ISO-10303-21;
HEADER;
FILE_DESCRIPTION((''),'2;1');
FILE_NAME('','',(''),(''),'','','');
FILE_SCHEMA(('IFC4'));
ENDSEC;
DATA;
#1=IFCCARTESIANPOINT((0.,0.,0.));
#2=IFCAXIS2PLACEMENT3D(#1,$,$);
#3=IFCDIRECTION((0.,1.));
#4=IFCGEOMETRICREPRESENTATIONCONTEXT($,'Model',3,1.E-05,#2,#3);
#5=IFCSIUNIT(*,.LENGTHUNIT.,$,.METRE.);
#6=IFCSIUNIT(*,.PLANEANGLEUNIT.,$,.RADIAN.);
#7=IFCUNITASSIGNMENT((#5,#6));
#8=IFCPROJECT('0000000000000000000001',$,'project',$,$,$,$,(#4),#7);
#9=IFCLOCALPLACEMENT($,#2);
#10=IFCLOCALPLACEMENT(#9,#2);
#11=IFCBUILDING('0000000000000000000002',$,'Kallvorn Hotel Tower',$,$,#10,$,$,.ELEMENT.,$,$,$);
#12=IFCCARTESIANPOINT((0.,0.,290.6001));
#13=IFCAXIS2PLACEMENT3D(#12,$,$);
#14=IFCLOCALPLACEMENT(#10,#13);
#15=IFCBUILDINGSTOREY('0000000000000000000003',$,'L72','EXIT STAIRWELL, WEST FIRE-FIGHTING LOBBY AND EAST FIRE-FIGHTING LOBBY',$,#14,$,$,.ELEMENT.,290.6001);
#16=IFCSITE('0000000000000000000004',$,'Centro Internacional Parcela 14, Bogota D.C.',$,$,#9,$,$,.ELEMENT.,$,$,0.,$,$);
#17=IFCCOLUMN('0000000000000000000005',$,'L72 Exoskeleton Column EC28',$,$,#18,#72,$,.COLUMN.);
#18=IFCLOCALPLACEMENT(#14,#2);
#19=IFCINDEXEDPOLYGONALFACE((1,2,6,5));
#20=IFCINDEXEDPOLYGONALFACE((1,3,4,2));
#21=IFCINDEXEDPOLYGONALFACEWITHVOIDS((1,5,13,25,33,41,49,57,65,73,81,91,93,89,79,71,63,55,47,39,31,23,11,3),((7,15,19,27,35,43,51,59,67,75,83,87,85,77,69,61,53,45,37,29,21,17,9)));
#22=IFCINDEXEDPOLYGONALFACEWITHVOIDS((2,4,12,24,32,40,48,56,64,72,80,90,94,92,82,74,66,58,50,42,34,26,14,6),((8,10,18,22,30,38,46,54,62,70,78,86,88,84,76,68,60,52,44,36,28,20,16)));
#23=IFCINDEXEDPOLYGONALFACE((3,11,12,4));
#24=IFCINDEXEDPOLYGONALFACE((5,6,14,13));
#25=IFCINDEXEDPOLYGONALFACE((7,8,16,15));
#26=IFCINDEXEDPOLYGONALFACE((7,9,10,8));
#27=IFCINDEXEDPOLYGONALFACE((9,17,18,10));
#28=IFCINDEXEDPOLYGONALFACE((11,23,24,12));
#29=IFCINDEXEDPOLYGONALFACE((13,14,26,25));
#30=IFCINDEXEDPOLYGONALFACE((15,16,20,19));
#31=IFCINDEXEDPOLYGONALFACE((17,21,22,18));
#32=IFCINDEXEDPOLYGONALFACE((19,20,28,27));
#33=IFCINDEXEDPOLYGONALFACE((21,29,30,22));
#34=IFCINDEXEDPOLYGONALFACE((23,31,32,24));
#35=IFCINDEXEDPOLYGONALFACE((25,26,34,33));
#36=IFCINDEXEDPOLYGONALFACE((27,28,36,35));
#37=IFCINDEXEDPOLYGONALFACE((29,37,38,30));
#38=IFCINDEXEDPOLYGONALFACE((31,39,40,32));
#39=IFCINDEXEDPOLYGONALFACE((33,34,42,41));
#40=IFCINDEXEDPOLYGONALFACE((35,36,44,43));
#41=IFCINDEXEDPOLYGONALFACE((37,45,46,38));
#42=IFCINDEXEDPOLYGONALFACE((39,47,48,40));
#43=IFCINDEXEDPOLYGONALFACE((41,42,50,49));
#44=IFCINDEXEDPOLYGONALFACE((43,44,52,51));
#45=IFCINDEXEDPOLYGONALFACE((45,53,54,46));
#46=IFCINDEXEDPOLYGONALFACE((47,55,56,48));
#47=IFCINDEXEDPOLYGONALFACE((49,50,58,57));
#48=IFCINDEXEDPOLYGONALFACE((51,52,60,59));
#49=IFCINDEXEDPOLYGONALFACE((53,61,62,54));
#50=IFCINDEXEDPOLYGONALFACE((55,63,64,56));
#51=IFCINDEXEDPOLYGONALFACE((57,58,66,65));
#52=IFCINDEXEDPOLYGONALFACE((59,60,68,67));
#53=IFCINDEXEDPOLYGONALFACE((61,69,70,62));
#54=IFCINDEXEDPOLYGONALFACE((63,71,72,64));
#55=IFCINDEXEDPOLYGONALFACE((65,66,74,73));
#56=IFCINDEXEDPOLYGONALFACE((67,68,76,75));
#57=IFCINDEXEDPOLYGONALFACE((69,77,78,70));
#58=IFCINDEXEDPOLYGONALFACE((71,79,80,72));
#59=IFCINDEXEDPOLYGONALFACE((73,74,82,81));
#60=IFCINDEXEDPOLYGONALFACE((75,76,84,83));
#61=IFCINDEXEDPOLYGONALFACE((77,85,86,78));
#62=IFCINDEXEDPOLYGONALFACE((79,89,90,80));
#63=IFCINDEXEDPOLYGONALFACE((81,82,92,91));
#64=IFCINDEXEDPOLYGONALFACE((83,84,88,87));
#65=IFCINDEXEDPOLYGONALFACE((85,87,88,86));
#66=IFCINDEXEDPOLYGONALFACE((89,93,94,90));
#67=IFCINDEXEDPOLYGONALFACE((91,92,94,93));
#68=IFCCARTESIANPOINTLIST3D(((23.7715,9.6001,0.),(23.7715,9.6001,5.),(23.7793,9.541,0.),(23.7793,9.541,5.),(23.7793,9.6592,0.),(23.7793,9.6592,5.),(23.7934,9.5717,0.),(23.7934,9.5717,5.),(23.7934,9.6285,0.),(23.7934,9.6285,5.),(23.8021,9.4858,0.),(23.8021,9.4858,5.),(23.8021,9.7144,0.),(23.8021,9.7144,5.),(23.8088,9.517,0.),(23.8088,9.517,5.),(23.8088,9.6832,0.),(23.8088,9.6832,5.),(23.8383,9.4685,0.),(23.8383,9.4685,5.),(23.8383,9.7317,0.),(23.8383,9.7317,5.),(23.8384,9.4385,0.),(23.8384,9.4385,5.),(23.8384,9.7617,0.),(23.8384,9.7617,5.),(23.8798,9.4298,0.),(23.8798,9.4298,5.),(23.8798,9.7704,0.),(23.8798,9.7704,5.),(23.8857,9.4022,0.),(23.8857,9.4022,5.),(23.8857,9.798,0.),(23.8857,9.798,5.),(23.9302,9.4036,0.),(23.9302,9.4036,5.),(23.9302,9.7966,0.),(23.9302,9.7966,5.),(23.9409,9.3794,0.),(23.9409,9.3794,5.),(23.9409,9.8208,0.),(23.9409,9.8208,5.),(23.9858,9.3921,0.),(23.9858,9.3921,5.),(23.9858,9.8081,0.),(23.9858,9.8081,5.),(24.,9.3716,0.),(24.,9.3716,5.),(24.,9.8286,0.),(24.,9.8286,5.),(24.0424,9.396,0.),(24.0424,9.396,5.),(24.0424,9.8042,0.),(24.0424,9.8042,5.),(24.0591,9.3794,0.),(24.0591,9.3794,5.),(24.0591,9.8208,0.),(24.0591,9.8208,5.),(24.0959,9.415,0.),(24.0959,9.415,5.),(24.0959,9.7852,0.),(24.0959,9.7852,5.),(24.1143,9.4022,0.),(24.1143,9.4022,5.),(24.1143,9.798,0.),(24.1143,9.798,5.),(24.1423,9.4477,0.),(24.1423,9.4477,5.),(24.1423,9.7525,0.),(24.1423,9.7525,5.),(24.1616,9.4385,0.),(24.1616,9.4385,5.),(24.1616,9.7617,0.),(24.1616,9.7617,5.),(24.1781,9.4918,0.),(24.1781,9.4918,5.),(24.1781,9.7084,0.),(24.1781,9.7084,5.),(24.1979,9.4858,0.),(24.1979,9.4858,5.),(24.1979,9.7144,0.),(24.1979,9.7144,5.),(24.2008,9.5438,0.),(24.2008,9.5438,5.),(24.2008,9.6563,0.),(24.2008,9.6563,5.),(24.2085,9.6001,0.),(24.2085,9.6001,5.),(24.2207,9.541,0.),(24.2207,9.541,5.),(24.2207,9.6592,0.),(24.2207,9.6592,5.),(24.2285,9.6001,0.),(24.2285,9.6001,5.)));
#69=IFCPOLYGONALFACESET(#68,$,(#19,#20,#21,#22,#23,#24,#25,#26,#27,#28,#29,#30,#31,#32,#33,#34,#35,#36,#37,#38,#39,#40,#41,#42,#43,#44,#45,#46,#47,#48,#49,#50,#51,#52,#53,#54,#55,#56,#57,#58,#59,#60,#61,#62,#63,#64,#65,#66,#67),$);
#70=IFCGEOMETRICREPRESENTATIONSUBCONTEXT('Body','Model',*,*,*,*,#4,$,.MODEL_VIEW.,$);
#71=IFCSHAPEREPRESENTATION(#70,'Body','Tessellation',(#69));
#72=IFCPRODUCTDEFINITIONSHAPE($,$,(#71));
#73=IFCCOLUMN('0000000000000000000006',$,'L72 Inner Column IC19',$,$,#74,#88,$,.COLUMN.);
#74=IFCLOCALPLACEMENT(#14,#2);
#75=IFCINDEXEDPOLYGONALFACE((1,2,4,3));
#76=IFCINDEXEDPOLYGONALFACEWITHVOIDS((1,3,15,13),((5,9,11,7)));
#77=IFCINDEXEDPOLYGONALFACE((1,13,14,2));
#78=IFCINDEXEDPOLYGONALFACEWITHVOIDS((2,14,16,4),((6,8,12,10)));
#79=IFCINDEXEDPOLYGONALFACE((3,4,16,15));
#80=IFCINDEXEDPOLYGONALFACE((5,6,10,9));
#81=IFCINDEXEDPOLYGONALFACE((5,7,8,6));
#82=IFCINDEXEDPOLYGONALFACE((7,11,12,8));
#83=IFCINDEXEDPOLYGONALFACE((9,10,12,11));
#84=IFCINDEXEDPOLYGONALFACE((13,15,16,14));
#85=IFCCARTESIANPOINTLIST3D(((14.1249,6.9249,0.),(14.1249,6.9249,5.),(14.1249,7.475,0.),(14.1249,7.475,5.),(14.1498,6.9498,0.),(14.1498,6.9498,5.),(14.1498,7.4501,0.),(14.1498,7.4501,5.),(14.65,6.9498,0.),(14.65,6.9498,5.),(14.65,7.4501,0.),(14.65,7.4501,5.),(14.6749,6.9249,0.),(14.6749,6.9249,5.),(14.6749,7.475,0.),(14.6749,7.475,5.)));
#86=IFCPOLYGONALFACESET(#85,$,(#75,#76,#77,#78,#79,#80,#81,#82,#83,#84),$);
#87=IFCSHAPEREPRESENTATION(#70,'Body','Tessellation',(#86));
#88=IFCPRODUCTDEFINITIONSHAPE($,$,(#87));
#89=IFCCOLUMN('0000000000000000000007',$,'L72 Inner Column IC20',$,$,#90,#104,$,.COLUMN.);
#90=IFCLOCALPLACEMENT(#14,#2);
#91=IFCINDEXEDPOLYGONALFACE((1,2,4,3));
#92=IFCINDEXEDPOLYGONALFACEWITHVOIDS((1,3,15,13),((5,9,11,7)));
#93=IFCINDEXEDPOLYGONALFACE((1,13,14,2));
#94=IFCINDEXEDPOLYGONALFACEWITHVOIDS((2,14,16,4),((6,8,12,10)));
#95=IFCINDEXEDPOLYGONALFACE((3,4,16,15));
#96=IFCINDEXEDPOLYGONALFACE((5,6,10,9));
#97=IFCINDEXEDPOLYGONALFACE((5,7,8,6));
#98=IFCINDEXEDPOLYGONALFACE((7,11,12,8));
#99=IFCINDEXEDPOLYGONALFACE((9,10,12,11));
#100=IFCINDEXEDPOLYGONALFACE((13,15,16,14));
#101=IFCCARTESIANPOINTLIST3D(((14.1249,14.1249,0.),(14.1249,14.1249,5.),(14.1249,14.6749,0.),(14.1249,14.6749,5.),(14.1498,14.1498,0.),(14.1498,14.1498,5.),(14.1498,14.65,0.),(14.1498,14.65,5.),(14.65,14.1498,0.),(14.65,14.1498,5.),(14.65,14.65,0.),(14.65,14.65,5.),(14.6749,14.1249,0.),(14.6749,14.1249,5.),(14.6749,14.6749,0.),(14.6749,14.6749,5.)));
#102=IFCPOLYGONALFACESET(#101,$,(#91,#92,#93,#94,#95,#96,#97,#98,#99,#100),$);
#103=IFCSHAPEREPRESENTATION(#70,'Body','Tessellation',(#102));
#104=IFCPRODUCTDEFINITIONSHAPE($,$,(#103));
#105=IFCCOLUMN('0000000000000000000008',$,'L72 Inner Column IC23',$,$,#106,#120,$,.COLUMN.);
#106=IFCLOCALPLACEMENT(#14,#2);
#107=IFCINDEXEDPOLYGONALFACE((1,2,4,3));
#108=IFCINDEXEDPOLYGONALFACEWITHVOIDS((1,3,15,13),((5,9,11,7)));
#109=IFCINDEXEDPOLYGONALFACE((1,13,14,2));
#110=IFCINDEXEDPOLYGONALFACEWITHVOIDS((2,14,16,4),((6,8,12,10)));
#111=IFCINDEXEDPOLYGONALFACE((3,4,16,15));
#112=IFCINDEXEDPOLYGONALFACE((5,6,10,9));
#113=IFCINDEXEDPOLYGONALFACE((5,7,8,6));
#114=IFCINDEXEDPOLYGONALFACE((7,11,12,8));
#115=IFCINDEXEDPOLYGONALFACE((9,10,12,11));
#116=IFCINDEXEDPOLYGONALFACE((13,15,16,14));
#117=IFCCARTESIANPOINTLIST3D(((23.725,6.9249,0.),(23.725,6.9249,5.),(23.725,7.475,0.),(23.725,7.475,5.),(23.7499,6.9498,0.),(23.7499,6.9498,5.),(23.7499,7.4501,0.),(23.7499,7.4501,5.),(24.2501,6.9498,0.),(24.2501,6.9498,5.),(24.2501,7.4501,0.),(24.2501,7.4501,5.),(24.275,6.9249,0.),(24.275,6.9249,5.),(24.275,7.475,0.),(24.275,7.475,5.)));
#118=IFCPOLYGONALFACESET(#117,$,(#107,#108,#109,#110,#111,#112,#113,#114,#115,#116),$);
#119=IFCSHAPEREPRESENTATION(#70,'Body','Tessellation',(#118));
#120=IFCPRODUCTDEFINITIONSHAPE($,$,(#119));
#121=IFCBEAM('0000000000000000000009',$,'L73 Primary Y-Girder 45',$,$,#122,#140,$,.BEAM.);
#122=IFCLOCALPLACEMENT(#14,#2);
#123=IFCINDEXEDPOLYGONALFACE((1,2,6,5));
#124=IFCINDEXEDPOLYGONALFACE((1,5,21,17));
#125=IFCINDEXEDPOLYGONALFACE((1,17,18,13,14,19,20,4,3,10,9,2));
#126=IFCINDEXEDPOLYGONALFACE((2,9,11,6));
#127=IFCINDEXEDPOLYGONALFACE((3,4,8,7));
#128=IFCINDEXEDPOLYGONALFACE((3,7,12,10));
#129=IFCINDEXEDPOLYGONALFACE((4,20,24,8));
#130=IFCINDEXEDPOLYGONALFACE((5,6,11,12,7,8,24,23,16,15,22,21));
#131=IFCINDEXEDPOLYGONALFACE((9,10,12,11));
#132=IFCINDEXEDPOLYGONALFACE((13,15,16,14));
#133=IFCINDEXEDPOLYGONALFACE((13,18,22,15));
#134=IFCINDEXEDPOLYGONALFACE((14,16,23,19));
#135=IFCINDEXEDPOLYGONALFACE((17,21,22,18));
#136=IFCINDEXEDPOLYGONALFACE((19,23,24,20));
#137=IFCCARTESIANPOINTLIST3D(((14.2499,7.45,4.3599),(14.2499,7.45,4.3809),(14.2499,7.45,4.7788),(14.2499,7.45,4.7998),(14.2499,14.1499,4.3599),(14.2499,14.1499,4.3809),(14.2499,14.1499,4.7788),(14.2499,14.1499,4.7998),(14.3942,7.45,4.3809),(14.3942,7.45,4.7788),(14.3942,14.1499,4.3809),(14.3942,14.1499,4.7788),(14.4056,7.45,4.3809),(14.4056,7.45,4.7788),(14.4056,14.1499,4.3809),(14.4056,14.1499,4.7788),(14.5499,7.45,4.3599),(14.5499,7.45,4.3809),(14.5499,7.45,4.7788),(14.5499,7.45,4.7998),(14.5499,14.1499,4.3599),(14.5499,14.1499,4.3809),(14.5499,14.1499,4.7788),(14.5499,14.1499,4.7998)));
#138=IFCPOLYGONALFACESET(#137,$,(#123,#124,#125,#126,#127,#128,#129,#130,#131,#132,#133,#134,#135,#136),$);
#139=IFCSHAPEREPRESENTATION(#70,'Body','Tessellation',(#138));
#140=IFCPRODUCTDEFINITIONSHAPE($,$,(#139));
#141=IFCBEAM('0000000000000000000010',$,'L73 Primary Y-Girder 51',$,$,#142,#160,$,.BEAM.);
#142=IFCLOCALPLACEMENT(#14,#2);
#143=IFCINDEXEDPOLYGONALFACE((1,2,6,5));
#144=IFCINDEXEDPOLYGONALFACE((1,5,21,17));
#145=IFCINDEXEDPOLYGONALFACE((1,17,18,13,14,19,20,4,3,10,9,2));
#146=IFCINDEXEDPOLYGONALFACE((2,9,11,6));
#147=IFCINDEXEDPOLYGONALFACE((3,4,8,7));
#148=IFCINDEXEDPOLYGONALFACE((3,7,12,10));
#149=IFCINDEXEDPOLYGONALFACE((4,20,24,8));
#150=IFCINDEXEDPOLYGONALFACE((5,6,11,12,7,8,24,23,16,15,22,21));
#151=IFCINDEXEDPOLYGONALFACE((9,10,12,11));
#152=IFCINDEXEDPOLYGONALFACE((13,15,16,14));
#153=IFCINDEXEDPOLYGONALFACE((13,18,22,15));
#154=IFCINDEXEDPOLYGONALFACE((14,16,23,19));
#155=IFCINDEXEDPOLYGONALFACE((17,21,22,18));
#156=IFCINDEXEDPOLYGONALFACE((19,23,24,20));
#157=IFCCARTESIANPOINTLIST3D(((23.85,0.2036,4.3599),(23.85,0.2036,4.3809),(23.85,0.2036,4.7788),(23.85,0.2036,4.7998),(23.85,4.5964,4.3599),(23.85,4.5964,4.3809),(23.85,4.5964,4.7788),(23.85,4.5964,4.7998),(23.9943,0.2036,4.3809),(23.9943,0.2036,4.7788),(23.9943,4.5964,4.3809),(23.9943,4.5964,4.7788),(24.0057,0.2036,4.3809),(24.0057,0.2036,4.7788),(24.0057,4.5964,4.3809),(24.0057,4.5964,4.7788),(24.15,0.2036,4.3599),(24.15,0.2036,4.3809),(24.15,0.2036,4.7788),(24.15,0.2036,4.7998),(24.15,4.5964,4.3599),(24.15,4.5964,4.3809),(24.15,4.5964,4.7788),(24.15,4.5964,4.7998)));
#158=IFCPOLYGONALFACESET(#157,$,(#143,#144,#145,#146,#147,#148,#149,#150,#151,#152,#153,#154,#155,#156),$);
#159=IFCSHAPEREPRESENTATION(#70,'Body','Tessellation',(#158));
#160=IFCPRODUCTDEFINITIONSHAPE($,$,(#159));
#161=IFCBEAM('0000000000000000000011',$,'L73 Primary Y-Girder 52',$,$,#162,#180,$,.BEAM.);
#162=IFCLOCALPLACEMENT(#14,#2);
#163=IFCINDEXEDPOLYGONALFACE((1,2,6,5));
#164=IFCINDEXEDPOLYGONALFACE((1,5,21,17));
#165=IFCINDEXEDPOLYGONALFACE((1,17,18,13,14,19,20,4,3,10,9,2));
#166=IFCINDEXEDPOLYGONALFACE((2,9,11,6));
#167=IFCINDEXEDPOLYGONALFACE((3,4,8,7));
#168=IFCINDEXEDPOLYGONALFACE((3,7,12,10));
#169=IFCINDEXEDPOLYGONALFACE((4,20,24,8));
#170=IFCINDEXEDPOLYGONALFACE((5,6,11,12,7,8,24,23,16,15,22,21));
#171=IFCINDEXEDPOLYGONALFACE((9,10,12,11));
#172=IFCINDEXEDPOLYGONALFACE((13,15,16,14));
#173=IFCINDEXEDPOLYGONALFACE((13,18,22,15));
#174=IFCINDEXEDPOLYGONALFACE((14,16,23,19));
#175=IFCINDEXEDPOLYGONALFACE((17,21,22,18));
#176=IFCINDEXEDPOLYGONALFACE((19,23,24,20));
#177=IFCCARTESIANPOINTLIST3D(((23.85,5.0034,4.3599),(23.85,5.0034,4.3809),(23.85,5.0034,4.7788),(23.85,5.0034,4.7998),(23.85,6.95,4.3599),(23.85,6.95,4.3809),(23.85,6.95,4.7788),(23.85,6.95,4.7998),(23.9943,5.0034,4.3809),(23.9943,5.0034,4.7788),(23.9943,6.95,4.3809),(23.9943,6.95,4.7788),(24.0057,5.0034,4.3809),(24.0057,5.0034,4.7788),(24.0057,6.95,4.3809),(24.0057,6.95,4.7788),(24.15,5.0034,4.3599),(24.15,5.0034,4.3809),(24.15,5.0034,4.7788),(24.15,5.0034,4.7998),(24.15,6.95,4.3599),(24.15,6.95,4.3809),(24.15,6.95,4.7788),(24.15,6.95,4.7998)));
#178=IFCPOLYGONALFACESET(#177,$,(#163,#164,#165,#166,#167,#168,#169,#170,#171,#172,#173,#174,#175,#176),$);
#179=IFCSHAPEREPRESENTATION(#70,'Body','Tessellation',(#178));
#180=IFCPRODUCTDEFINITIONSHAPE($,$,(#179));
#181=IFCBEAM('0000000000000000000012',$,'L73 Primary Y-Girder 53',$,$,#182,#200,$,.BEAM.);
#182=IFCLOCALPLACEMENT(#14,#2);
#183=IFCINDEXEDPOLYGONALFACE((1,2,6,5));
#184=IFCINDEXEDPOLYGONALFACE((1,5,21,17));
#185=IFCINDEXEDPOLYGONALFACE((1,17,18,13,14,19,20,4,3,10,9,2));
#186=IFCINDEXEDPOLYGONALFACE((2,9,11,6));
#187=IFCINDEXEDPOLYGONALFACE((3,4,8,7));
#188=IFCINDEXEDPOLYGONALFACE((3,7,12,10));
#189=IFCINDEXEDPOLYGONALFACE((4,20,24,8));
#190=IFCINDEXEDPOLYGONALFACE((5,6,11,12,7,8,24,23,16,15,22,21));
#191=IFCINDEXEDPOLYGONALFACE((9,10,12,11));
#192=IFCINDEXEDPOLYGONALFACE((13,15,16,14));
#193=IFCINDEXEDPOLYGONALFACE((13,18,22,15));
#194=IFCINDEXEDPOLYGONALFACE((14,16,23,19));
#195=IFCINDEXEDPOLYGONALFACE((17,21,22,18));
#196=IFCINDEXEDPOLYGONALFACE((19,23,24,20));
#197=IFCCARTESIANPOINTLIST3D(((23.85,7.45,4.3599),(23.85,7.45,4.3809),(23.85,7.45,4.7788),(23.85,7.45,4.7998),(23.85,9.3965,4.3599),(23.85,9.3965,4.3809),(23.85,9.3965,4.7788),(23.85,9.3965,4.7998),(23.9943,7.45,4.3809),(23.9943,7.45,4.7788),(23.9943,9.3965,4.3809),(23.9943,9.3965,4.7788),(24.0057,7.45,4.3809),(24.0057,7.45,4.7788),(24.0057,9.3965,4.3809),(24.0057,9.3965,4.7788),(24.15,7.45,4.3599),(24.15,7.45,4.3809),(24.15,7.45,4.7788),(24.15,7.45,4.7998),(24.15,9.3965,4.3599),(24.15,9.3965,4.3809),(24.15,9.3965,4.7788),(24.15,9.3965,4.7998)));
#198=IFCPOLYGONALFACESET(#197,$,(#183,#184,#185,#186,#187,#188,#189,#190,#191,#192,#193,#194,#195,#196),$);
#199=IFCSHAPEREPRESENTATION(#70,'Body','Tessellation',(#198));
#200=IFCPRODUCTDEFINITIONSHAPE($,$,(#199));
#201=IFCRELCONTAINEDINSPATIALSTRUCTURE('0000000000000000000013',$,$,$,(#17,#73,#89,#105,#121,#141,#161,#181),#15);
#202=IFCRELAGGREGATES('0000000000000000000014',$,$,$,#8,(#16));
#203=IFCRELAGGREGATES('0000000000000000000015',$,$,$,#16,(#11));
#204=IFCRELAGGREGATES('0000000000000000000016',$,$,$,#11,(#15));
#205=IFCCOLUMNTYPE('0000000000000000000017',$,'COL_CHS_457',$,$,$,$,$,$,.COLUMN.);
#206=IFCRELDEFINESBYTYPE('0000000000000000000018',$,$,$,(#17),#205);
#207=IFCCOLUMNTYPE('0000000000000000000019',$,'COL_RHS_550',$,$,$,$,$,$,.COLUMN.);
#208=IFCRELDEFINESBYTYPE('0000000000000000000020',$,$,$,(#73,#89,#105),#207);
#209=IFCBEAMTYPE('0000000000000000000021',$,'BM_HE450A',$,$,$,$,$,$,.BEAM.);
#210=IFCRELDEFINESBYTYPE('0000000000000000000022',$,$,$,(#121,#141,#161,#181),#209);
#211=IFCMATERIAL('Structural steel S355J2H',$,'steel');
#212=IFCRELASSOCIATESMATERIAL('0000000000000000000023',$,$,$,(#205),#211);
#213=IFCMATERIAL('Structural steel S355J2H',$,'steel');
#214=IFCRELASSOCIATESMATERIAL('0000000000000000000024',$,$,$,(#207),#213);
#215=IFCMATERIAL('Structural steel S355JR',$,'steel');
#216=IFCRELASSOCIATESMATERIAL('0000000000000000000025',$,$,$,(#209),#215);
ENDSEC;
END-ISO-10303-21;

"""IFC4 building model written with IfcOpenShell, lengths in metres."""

from ifc_helpers import new_model, si_unit, direction, frame, origin, origin_2d, place, context, subcontext, project, spatial, hollow_rectangle, hollow_circle, i_section, extrude, material, material_profile, profile_set, type_object, element, save


model = new_model("IFC4")

# Units and contexts
model_context = context("Model", 3, precision=1e-05, world=origin(), true_north=direction((0.0, 1.0)))
body_context = subcontext(model_context, "Body", "Model", "MODEL_VIEW")
ifc_project = project(units=[si_unit("LENGTHUNIT", "METRE"), si_unit("PLANEANGLEUNIT", "RADIAN")], contexts=[model_context])

# Site, building, storey
site_placement = place(None, origin())
site = spatial("IfcSite", under=ifc_project, at=site_placement, Name="Centro Internacional Parcela 14, Bogota D.C.", CompositionType="ELEMENT", RefElevation=0.0)
building_placement = place(site_placement, origin())
building = spatial("IfcBuilding", under=site, at=building_placement, Name="Kallvorn Hotel Tower", CompositionType="ELEMENT")
storey_placement = place(building_placement, frame((0.0, 0.0, 290.6001)))
storey = spatial("IfcBuildingStorey", under=building, at=storey_placement, Name="L72", Description="EXIT STAIRWELL, WEST FIRE-FIGHTING LOBBY AND EAST FIRE-FIGHTING LOBBY", CompositionType="ELEMENT", Elevation=290.6001)

# Columns
ifc_material_1 = material(Name="Structural steel S355J2H", Category="steel")
ifc_material_profile_1 = material_profile(ifc_material_1, hollow_circle(Radius=0.2285, WallThickness=0.02, at=origin_2d()), Name="CHS 457x20")
ifc_profile_set_1 = profile_set([ifc_material_profile_1], Name="Structural steel S355J2H")
column_type_1 = type_object("IfcColumnType", Name="COL_CHS_457", PredefinedType="COLUMN", material=ifc_profile_set_1)
for number, where, z_axis, x_axis, name in (
    (1, (24.0, 9.6001, 0.0), (0.0, 0.0, 1.0), (1.0, 0.0, 0.0), "L72 Exoskeleton Column EC28"),
):
    element("IfcColumn", number, at=place(storey_placement, frame(where, z_axis=z_axis, x_axis=x_axis)), inside=storey, type_object=column_type_1, Name=name, PredefinedType="COLUMN", context=body_context, shape_type="SweptSolid", body=[
        extrude(hollow_circle(Radius=0.2285, WallThickness=0.02, at=origin_2d()), origin(), (0.0, 0.0, 1.0), 5.0),
    ])
ifc_material_2 = material(Name="Structural steel S355J2H", Category="steel")
ifc_material_profile_2 = material_profile(ifc_material_2, hollow_rectangle(XDim=0.55, YDim=0.55, WallThickness=0.0249, at=origin_2d()), Name="RHS 550x550x25")
ifc_profile_set_2 = profile_set([ifc_material_profile_2], Name="Structural steel S355J2H")
column_type_2 = type_object("IfcColumnType", Name="COL_RHS_550", PredefinedType="COLUMN", material=ifc_profile_set_2)
for number, where, z_axis, x_axis, name in (
    (2, (14.3999, 7.2, 0.0), (0.0, 0.0, 1.0), (1.0, 0.0, 0.0), "L72 Inner Column IC19"),
    (3, (14.3999, 14.3999, 0.0), (0.0, 0.0, 1.0), (1.0, 0.0, 0.0), "L72 Inner Column IC20"),
    (4, (24.0, 7.2, 0.0), (0.0, 0.0, 1.0), (1.0, 0.0, 0.0), "L72 Inner Column IC23"),
):
    element("IfcColumn", number, at=place(storey_placement, frame(where, z_axis=z_axis, x_axis=x_axis)), inside=storey, type_object=column_type_2, Name=name, PredefinedType="COLUMN", context=body_context, shape_type="SweptSolid", body=[
        extrude(hollow_rectangle(XDim=0.55, YDim=0.55, WallThickness=0.0249, at=origin_2d()), origin(), (0.0, 0.0, 1.0), 5.0),
    ])

# Beams
ifc_material_3 = material(Name="Structural steel S355JR", Category="steel")
ifc_material_profile_3 = material_profile(ifc_material_3, i_section(OverallWidth=0.3, OverallDepth=0.4399, WebThickness=0.0115, FlangeThickness=0.021, at=origin_2d()), Name="HE 450 A")
ifc_profile_set_3 = profile_set([ifc_material_profile_3], Name="Structural steel S355JR")
beam_type_1 = type_object("IfcBeamType", Name="BM_HE450A", PredefinedType="BEAM", material=ifc_profile_set_3)
beam_1_placement = place(storey_placement, frame((14.3999, 7.45, 4.5798), z_axis=(0.0, 1.0, 0.0), x_axis=(-1.0, 0.0, 0.0)))
element("IfcBeam", 5, at=beam_1_placement, inside=storey, type_object=beam_type_1, Name="L73 Primary Y-Girder 45", PredefinedType="BEAM", context=body_context, shape_type="SweptSolid", body=[
    extrude(i_section(OverallWidth=0.3, OverallDepth=0.4399, WebThickness=0.0115, FlangeThickness=0.021, at=origin_2d()), origin(), (0.0, 0.0, 1.0), 6.7),
])
beam_2_placement = place(storey_placement, frame((24.0, 0.2036, 4.5798), z_axis=(0.0, 1.0, 0.0), x_axis=(-1.0, 0.0, 0.0)))
element("IfcBeam", 6, at=beam_2_placement, inside=storey, type_object=beam_type_1, Name="L73 Primary Y-Girder 51", PredefinedType="BEAM", context=body_context, shape_type="SweptSolid", body=[
    extrude(i_section(OverallWidth=0.3, OverallDepth=0.4399, WebThickness=0.0115, FlangeThickness=0.021, at=origin_2d()), origin(), (0.0, 0.0, 1.0), 4.3928),
])
for number, where, z_axis, x_axis, name in (
    (7, (24.0, 5.0034, 4.5798), (0.0, 1.0, 0.0), (-1.0, 0.0, 0.0), "L73 Primary Y-Girder 52"),
    (8, (24.0, 7.45, 4.5798), (0.0, 1.0, 0.0), (-1.0, 0.0, 0.0), "L73 Primary Y-Girder 53"),
):
    element("IfcBeam", number, at=place(storey_placement, frame(where, z_axis=z_axis, x_axis=x_axis)), inside=storey, type_object=beam_type_1, Name=name, PredefinedType="BEAM", context=body_context, shape_type="SweptSolid", body=[
        extrude(i_section(OverallWidth=0.3, OverallDepth=0.4399, WebThickness=0.0115, FlangeThickness=0.021, at=origin_2d()), origin(), (0.0, 0.0, 1.0), 1.9465),
    ])

save(model, "model.ifc")
